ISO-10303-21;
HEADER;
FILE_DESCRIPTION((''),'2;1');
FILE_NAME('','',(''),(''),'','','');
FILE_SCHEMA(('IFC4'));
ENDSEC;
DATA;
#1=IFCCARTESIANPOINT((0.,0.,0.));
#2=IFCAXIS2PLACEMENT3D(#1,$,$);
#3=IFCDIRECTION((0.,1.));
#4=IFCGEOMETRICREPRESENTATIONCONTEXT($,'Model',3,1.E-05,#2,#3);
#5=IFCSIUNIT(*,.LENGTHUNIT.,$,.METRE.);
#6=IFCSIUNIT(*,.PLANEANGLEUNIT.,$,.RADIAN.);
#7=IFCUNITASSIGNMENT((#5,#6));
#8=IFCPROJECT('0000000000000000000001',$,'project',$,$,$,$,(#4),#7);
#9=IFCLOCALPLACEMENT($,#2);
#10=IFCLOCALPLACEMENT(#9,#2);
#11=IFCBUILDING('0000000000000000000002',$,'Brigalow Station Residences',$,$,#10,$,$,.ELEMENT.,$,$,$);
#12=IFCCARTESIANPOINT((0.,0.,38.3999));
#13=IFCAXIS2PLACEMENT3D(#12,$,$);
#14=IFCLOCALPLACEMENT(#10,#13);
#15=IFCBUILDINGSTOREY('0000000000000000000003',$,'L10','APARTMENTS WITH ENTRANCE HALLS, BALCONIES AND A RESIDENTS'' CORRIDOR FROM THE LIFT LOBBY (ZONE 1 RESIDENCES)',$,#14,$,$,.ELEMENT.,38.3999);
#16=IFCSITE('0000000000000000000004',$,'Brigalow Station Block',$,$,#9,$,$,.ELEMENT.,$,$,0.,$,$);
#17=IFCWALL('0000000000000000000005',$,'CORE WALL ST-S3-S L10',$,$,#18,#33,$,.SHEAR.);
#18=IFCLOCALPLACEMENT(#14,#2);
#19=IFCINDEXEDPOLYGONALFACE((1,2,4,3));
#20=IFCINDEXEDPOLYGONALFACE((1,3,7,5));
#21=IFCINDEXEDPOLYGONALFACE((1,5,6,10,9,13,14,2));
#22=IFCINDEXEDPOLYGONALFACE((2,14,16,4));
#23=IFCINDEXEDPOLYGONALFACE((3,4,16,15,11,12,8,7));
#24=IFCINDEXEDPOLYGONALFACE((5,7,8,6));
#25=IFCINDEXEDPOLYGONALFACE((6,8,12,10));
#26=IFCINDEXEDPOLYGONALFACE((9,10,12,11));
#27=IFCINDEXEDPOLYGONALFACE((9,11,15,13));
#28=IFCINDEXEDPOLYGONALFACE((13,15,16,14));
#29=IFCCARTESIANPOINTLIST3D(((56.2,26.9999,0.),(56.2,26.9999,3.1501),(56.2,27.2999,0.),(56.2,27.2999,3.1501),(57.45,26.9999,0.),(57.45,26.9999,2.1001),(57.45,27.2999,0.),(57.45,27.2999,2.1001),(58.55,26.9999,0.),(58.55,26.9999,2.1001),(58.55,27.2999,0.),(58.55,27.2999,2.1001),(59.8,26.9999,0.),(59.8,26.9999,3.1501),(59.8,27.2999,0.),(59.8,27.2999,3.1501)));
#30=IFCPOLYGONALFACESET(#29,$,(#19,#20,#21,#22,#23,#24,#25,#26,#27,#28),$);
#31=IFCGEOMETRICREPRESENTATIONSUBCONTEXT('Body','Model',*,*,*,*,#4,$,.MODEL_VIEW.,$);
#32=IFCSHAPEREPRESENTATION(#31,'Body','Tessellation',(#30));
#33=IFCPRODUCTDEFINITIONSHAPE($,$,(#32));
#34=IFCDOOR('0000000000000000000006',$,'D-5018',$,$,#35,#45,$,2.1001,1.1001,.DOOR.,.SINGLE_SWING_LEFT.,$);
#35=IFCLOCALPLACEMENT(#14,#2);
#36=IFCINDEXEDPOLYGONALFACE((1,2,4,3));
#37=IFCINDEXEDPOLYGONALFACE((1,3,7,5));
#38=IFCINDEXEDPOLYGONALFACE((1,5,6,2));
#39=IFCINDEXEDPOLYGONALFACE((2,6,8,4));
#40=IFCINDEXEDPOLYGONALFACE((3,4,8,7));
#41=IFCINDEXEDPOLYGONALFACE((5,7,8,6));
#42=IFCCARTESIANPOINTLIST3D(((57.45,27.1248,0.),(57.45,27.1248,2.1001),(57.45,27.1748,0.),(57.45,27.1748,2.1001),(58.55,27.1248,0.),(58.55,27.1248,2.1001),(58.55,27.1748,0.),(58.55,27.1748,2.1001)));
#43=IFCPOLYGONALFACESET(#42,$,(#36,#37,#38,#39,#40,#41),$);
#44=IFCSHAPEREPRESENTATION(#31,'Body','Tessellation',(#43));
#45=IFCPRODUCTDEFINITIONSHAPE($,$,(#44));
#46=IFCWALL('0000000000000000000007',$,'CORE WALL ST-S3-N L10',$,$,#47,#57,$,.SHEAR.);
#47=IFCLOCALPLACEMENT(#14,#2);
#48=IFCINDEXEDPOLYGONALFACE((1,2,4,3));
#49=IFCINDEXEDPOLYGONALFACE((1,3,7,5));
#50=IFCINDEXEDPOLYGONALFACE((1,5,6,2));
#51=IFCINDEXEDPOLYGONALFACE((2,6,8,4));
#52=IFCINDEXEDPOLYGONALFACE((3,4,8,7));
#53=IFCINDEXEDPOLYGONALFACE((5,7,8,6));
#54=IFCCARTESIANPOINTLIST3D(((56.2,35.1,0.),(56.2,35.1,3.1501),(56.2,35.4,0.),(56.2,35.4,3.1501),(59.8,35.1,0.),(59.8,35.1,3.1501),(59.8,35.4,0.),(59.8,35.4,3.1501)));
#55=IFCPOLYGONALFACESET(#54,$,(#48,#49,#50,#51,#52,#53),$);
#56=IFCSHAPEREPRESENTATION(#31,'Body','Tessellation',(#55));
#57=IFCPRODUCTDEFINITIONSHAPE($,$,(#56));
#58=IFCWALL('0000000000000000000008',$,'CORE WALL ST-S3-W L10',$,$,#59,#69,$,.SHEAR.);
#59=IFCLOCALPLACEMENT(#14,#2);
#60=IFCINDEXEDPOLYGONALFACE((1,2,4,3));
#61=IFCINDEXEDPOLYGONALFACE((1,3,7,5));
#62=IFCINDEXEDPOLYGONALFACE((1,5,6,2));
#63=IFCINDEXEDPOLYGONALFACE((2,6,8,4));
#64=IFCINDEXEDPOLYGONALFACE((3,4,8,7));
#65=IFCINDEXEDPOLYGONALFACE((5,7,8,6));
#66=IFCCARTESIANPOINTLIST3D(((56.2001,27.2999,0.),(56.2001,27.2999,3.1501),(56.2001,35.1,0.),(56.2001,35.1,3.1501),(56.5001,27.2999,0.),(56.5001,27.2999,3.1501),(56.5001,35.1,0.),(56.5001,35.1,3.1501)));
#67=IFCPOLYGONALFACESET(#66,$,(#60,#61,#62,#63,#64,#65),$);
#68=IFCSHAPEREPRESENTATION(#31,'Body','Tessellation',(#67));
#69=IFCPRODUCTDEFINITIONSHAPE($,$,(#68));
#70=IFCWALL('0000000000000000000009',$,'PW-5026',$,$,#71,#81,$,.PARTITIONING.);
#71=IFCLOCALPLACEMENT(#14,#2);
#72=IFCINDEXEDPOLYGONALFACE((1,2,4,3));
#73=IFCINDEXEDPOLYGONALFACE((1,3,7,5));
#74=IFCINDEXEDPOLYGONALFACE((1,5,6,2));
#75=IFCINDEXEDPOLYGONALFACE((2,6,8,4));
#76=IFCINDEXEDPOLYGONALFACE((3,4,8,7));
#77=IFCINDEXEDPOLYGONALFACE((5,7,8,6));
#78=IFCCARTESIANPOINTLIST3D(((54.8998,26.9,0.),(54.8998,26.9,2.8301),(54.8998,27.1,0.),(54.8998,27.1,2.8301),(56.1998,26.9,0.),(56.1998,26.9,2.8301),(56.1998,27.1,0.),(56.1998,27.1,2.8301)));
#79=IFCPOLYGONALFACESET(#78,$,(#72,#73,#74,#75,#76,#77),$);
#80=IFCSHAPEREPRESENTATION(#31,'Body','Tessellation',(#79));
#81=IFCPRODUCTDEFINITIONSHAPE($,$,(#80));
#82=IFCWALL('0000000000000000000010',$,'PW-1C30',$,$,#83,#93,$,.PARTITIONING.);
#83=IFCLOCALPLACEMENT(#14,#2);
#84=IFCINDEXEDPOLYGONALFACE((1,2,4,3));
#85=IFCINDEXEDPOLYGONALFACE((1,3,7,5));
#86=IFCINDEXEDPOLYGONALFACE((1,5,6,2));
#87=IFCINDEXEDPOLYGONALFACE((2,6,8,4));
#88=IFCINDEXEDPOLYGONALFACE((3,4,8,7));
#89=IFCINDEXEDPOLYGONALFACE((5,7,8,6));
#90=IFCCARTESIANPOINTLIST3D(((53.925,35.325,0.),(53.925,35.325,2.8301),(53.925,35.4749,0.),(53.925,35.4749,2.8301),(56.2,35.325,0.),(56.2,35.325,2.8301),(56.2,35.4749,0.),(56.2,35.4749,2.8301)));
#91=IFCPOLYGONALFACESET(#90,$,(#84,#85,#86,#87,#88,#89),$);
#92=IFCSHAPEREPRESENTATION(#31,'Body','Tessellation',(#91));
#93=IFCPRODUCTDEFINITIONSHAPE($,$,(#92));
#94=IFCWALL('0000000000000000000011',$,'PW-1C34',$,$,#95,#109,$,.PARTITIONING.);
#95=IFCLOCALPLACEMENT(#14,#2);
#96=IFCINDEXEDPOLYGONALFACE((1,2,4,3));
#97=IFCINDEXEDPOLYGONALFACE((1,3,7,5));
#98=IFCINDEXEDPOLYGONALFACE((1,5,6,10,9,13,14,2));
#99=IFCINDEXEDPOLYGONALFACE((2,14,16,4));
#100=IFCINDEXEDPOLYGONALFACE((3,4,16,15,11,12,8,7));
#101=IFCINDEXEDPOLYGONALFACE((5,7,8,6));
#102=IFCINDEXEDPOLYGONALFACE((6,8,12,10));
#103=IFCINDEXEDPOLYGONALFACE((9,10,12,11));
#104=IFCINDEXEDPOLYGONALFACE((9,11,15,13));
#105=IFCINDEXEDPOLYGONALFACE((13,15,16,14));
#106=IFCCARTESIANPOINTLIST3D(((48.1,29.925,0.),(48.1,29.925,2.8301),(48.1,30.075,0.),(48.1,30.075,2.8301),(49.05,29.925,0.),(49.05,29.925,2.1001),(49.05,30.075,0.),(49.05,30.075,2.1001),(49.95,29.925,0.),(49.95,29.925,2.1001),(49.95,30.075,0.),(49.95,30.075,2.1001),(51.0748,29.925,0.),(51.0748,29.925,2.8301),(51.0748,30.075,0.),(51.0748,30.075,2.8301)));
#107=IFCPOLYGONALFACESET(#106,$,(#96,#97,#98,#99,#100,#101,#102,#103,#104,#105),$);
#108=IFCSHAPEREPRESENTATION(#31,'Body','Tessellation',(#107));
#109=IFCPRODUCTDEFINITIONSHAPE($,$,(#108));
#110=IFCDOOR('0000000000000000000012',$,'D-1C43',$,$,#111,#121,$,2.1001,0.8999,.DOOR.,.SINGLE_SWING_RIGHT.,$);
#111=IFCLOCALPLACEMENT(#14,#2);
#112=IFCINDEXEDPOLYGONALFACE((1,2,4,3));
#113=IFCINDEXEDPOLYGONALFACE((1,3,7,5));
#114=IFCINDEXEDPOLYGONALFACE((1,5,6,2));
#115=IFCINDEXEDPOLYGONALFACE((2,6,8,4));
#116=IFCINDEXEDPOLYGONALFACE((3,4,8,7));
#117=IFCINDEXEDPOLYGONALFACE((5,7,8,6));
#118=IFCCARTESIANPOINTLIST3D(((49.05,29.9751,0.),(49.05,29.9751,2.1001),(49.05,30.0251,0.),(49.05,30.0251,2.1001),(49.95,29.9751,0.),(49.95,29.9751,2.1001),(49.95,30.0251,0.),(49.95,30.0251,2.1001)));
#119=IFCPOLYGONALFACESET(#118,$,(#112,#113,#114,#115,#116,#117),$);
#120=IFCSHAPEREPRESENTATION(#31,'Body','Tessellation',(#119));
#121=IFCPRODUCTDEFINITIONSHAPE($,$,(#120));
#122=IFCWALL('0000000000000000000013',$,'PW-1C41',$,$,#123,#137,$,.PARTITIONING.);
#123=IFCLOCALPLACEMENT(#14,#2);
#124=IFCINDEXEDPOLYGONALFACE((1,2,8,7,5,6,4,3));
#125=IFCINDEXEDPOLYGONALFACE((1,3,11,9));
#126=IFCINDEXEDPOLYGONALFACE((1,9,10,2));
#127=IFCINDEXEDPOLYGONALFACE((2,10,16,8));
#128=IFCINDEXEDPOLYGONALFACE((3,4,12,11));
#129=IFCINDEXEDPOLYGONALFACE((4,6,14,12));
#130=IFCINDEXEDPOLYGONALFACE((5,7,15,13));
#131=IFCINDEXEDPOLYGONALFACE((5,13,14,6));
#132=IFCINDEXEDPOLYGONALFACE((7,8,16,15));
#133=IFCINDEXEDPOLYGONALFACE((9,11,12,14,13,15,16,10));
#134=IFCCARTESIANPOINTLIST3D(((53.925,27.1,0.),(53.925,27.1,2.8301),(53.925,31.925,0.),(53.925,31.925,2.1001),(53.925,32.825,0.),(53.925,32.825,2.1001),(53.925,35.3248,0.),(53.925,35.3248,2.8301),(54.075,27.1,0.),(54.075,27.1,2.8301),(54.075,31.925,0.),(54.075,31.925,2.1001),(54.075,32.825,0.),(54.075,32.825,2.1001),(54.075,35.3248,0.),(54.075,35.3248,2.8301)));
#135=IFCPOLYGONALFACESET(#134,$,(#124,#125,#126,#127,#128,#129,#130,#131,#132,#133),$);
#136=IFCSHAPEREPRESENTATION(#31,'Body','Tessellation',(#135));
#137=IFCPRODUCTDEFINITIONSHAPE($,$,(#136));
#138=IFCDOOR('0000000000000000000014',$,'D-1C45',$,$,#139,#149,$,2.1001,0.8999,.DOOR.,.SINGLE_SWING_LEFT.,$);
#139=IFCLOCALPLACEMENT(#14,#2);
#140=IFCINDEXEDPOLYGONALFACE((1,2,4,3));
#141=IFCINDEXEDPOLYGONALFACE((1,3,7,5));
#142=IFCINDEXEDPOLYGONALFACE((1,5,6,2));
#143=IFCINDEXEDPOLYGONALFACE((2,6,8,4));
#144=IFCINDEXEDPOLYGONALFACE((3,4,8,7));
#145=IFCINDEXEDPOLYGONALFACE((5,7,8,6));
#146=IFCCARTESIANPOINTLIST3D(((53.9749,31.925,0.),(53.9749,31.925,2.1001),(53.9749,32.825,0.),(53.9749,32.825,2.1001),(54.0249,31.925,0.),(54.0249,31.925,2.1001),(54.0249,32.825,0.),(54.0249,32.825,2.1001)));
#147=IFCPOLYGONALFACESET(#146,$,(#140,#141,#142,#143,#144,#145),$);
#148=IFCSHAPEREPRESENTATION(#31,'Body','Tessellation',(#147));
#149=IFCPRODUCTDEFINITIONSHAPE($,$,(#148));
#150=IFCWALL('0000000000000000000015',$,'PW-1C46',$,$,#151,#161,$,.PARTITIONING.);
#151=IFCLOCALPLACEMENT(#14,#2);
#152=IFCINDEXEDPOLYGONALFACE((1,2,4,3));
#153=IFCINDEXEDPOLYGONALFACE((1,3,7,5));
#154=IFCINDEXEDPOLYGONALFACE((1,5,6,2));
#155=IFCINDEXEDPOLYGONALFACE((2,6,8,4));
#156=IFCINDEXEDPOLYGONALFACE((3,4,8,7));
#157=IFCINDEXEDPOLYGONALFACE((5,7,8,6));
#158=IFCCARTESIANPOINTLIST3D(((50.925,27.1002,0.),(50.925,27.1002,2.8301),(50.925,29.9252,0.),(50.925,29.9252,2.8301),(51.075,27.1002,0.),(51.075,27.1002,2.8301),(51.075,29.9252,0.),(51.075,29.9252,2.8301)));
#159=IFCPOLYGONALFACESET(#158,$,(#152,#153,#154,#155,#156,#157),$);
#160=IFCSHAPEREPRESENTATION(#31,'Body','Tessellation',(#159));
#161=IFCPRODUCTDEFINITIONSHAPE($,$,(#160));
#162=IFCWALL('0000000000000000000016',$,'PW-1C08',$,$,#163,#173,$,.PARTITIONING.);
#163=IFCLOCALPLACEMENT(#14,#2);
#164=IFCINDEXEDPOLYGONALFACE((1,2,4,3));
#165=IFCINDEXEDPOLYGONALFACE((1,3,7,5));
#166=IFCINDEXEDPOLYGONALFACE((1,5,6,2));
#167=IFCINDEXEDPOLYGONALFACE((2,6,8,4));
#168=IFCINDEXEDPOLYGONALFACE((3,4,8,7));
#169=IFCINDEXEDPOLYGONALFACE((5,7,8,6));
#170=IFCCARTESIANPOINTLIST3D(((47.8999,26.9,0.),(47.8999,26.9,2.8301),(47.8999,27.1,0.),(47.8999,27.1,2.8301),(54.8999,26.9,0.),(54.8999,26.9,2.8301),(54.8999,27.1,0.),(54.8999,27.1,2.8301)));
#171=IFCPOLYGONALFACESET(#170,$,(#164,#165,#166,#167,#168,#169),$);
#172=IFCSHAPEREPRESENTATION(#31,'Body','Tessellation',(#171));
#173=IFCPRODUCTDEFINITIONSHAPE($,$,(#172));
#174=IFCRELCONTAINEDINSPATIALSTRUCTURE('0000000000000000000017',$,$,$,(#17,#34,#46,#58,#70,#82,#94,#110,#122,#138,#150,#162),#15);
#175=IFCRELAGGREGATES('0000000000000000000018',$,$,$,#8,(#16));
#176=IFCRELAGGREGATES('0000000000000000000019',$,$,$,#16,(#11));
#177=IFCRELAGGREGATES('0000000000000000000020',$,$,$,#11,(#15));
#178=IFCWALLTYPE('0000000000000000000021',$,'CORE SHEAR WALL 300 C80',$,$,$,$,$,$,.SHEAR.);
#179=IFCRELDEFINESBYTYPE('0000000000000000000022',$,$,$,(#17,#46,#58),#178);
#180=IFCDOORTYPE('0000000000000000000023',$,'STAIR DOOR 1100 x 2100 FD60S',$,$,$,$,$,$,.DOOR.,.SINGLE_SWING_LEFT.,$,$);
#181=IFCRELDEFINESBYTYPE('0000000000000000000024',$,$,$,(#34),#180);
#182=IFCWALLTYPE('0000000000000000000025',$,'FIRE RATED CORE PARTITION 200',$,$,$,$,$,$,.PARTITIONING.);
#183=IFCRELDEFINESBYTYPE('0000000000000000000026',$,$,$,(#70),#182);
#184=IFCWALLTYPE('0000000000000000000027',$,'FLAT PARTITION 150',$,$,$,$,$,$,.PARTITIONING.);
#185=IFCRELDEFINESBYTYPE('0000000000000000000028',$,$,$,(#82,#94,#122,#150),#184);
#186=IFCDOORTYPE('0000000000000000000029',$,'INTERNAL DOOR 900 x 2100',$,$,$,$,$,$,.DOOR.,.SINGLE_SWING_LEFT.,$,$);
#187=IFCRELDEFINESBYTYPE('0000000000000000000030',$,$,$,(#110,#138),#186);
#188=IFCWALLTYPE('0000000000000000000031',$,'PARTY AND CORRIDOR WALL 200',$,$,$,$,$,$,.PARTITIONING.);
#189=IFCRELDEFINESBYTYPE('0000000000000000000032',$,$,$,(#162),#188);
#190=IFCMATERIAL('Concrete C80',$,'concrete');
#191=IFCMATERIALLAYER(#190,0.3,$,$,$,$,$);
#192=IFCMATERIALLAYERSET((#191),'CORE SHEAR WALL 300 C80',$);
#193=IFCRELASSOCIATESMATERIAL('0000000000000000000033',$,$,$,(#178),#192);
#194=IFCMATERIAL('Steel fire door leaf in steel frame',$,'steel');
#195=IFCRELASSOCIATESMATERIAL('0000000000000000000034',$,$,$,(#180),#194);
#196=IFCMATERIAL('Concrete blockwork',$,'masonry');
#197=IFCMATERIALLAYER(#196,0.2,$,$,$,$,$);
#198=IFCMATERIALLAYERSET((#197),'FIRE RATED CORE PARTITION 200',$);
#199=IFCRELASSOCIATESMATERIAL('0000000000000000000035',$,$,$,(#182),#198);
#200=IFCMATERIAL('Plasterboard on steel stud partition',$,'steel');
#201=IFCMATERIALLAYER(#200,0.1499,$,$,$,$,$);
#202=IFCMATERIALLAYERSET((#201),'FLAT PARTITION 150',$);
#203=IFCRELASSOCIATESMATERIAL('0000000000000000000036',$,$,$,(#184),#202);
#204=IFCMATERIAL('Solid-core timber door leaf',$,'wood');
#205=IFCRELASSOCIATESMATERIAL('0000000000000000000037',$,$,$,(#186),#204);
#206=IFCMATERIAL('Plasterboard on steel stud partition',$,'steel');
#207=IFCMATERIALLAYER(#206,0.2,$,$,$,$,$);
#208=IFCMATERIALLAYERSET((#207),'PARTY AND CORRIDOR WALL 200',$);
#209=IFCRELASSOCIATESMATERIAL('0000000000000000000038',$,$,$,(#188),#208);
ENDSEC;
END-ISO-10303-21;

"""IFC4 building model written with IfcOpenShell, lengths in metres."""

from ifc_helpers import new_model, si_unit, direction, frame, frame_2d, origin, place, context, subcontext, project, spatial, rectangle, extrude, material, layer, layer_set, type_object, element, fill, save


model = new_model("IFC4")

# Units and contexts
model_context = context("Model", 3, precision=1e-05, world=origin(), true_north=direction((0.0, 1.0)))
body_context = subcontext(model_context, "Body", "Model", "MODEL_VIEW")
ifc_project = project(units=[si_unit("LENGTHUNIT", "METRE"), si_unit("PLANEANGLEUNIT", "RADIAN")], contexts=[model_context])

# Site, building, storey
site_placement = place(None, origin())
site = spatial("IfcSite", under=ifc_project, at=site_placement, Name="Brigalow Station Block", CompositionType="ELEMENT", RefElevation=0.0)
building_placement = place(site_placement, origin())
building = spatial("IfcBuilding", under=site, at=building_placement, Name="Brigalow Station Residences", CompositionType="ELEMENT")
storey_placement = place(building_placement, frame((0.0, 0.0, 38.3999)))
storey = spatial("IfcBuildingStorey", under=building, at=storey_placement, Name="L10", Description="APARTMENTS WITH ENTRANCE HALLS, BALCONIES AND A RESIDENTS' CORRIDOR FROM THE LIFT LOBBY (ZONE 1 RESIDENCES)", CompositionType="ELEMENT", Elevation=38.3999)

# Wall, opening, door
ifc_material_1 = material(Name="Concrete C80", Category="concrete")
ifc_layer_1 = layer(ifc_material_1, 0.3)
ifc_layer_set_1 = layer_set([ifc_layer_1], Name="CORE SHEAR WALL 300 C80")
wall_type_1 = type_object("IfcWallType", Name="CORE SHEAR WALL 300 C80", PredefinedType="SHEAR", material=ifc_layer_set_1)
wall_1_placement = place(storey_placement, frame((56.2, 27.1499, 0.0), z_axis=(0.0, 0.0, 1.0), x_axis=(1.0, 0.0, 0.0)))
wall_1 = element("IfcWall", 1, at=wall_1_placement, inside=storey, type_object=wall_type_1, Name="CORE WALL ST-S3-S L10", PredefinedType="SHEAR", context=body_context, shape_type="SweptSolid", body=[
    extrude(rectangle(XDim=3.6001, YDim=0.3, at=frame_2d((1.8, 0.0))), origin(), (0.0, 0.0, 1.0), 3.1501),
])
opening_1_placement = place(wall_1_placement, frame((1.25, 0.0, 0.0)))
opening_1 = element("IfcOpeningElement", 2, at=opening_1_placement, cuts=wall_1, PredefinedType="OPENING", context=body_context, shape_type="SweptSolid", body=[
    extrude(rectangle(XDim=1.1001, YDim=2.1001, at=frame_2d((0.55, 1.05))), frame((0.0, 0.1602, 0.0), z_axis=(0.0, -1.0, 0.0), x_axis=(1.0, 0.0, 0.0)), (0.0, 0.0, 1.0), 0.3201),
])
ifc_material_2 = material(Name="Steel fire door leaf in steel frame", Category="steel")
door_type_1 = type_object("IfcDoorType", Name="STAIR DOOR 1100 x 2100 FD60S", OperationType="SINGLE_SWING_LEFT", PredefinedType="DOOR", material=ifc_material_2)
door_1_placement = place(opening_1_placement, origin())
door_1 = element("IfcDoor", 3, at=door_1_placement, inside=storey, type_object=door_type_1, Name="D-5018", OperationType="SINGLE_SWING_LEFT", OverallHeight=2.1001, OverallWidth=1.1001, PredefinedType="DOOR", context=body_context, shape_type="SweptSolid", body=[
    extrude(rectangle(XDim=1.1001, YDim=2.1001, at=frame_2d((0.55, 1.05))), frame((0.0, 0.0249, 0.0), z_axis=(0.0, -1.0, 0.0), x_axis=(1.0, 0.0, 0.0)), (0.0, 0.0, 1.0), 0.05),
])
fill(opening_1, door_1)

# Walls
wall_2_placement = place(storey_placement, frame((56.2, 35.25, 0.0), z_axis=(0.0, 0.0, 1.0), x_axis=(1.0, 0.0, 0.0)))
element("IfcWall", 4, at=wall_2_placement, inside=storey, type_object=wall_type_1, Name="CORE WALL ST-S3-N L10", PredefinedType="SHEAR", context=body_context, shape_type="SweptSolid", body=[
    extrude(rectangle(XDim=3.6001, YDim=0.3, at=frame_2d((1.8, 0.0))), origin(), (0.0, 0.0, 1.0), 3.1501),
])
wall_3_placement = place(storey_placement, frame((56.3501, 27.3, 0.0), z_axis=(0.0, 0.0, 1.0), x_axis=(0.0, 1.0, 0.0)))
element("IfcWall", 5, at=wall_3_placement, inside=storey, type_object=wall_type_1, Name="CORE WALL ST-S3-W L10", PredefinedType="SHEAR", context=body_context, shape_type="SweptSolid", body=[
    extrude(rectangle(XDim=7.8, YDim=0.3, at=frame_2d((3.8999, 0.0))), origin(), (0.0, 0.0, 1.0), 3.1501),
])
ifc_material_3 = material(Name="Concrete blockwork", Category="masonry")
ifc_layer_2 = layer(ifc_material_3, 0.2)
ifc_layer_set_2 = layer_set([ifc_layer_2], Name="FIRE RATED CORE PARTITION 200")
wall_type_2 = type_object("IfcWallType", Name="FIRE RATED CORE PARTITION 200", PredefinedType="PARTITIONING", material=ifc_layer_set_2)
wall_4_placement = place(storey_placement, frame((54.8999, 27.0, 0.0), z_axis=(0.0, 0.0, 1.0), x_axis=(1.0, 0.0, 0.0)))
element("IfcWall", 6, at=wall_4_placement, inside=storey, type_object=wall_type_2, Name="PW-5026", PredefinedType="PARTITIONING", context=body_context, shape_type="SweptSolid", body=[
    extrude(rectangle(XDim=1.3, YDim=0.2, at=frame_2d((0.6499, 0.0))), origin(), (0.0, 0.0, 1.0), 2.8301),
])
ifc_material_4 = material(Name="Plasterboard on steel stud partition", Category="steel")
ifc_layer_3 = layer(ifc_material_4, 0.1499)
ifc_layer_set_3 = layer_set([ifc_layer_3], Name="FLAT PARTITION 150")
wall_type_3 = type_object("IfcWallType", Name="FLAT PARTITION 150", PredefinedType="PARTITIONING", material=ifc_layer_set_3)
wall_5_placement = place(storey_placement, frame((53.925, 35.3999, 0.0), z_axis=(0.0, 0.0, 1.0), x_axis=(1.0, 0.0, 0.0)))
element("IfcWall", 7, at=wall_5_placement, inside=storey, type_object=wall_type_3, Name="PW-1C30", PredefinedType="PARTITIONING", context=body_context, shape_type="SweptSolid", body=[
    extrude(rectangle(XDim=2.2749, YDim=0.1499, at=frame_2d((1.1375, 0.0))), origin(), (0.0, 0.0, 1.0), 2.8301),
])

# Walls, openings, doors
wall_6_placement = place(storey_placement, frame((48.1001, 30.0, 0.0), z_axis=(0.0, 0.0, 1.0), x_axis=(1.0, 0.0, 0.0)))
wall_6 = element("IfcWall", 8, at=wall_6_placement, inside=storey, type_object=wall_type_3, Name="PW-1C34", PredefinedType="PARTITIONING", context=body_context, shape_type="SweptSolid", body=[
    extrude(rectangle(XDim=2.9749, YDim=0.1499, at=frame_2d((1.4873, 0.0))), origin(), (0.0, 0.0, 1.0), 2.8301),
])
opening_2_placement = place(wall_6_placement, frame((0.95, 0.0, 0.0)))
opening_2 = element("IfcOpeningElement", 9, at=opening_2_placement, cuts=wall_6, PredefinedType="OPENING", context=body_context, shape_type="SweptSolid", body=[
    extrude(rectangle(XDim=0.8999, YDim=2.1001, at=frame_2d((0.45, 1.05))), frame((0.0, 0.085, 0.0), z_axis=(0.0, -1.0, 0.0), x_axis=(1.0, 0.0, 0.0)), (0.0, 0.0, 1.0), 0.1699),
])
ifc_material_5 = material(Name="Solid-core timber door leaf", Category="wood")
door_type_2 = type_object("IfcDoorType", Name="INTERNAL DOOR 900 x 2100", OperationType="SINGLE_SWING_LEFT", PredefinedType="DOOR", material=ifc_material_5)
door_2_placement = place(opening_2_placement, frame((0.8999, 0.0, 0.0), z_axis=(0.0, 0.0, 1.0), x_axis=(-1.0, 0.0, 0.0)))
door_2 = element("IfcDoor", 10, at=door_2_placement, inside=storey, type_object=door_type_2, Name="D-1C43", OperationType="SINGLE_SWING_RIGHT", OverallHeight=2.1001, OverallWidth=0.8999, PredefinedType="DOOR", context=body_context, shape_type="SweptSolid", body=[
    extrude(rectangle(XDim=0.8999, YDim=2.1001, at=frame_2d((0.45, 1.05))), frame((0.0, 0.0249, 0.0), z_axis=(0.0, -1.0, 0.0), x_axis=(1.0, 0.0, 0.0)), (0.0, 0.0, 1.0), 0.05),
])
fill(opening_2, door_2)
wall_7_placement = place(storey_placement, frame((54.0, 27.1001, 0.0), z_axis=(0.0, 0.0, 1.0), x_axis=(0.0, 1.0, 0.0)))
wall_7 = element("IfcWall", 11, at=wall_7_placement, inside=storey, type_object=wall_type_3, Name="PW-1C41", PredefinedType="PARTITIONING", context=body_context, shape_type="SweptSolid", body=[
    extrude(rectangle(XDim=8.2249, YDim=0.1499, at=frame_2d((4.1123, 0.0))), origin(), (0.0, 0.0, 1.0), 2.8301),
])
opening_3_placement = place(wall_7_placement, frame((4.825, 0.0, 0.0)))
opening_3 = element("IfcOpeningElement", 12, at=opening_3_placement, cuts=wall_7, PredefinedType="OPENING", context=body_context, shape_type="SweptSolid", body=[
    extrude(rectangle(XDim=0.8999, YDim=2.1001, at=frame_2d((0.45, 1.05))), frame((0.0, 0.085, 0.0), z_axis=(0.0, -1.0, 0.0), x_axis=(1.0, 0.0, 0.0)), (0.0, 0.0, 1.0), 0.1699),
])
door_3_placement = place(opening_3_placement, frame((0.8999, 0.0, 0.0), z_axis=(0.0, 0.0, 1.0), x_axis=(-1.0, 0.0, 0.0)))
door_3 = element("IfcDoor", 13, at=door_3_placement, inside=storey, type_object=door_type_2, Name="D-1C45", OperationType="SINGLE_SWING_LEFT", OverallHeight=2.1001, OverallWidth=0.8999, PredefinedType="DOOR", context=body_context, shape_type="SweptSolid", body=[
    extrude(rectangle(XDim=0.8999, YDim=2.1001, at=frame_2d((0.45, 1.05))), frame((0.0, 0.0249, 0.0), z_axis=(0.0, -1.0, 0.0), x_axis=(1.0, 0.0, 0.0)), (0.0, 0.0, 1.0), 0.05),
])
fill(opening_3, door_3)

# Walls
wall_8_placement = place(storey_placement, frame((51.0, 27.1001, 0.0), z_axis=(0.0, 0.0, 1.0), x_axis=(0.0, 1.0, 0.0)))
element("IfcWall", 14, at=wall_8_placement, inside=storey, type_object=wall_type_3, Name="PW-1C46", PredefinedType="PARTITIONING", context=body_context, shape_type="SweptSolid", body=[
    extrude(rectangle(XDim=2.825, YDim=0.1499, at=frame_2d((1.4126, 0.0))), origin(), (0.0, 0.0, 1.0), 2.8301),
])
ifc_material_6 = material(Name="Plasterboard on steel stud partition", Category="steel")
ifc_layer_4 = layer(ifc_material_6, 0.2)
ifc_layer_set_4 = layer_set([ifc_layer_4], Name="PARTY AND CORRIDOR WALL 200")
wall_type_4 = type_object("IfcWallType", Name="PARTY AND CORRIDOR WALL 200", PredefinedType="PARTITIONING", material=ifc_layer_set_4)
wall_9_placement = place(storey_placement, frame((47.8999, 27.0, 0.0), z_axis=(0.0, 0.0, 1.0), x_axis=(1.0, 0.0, 0.0)))
element("IfcWall", 15, at=wall_9_placement, inside=storey, type_object=wall_type_4, Name="PW-1C08", PredefinedType="PARTITIONING", context=body_context, shape_type="SweptSolid", body=[
    extrude(rectangle(XDim=7.0, YDim=0.2, at=frame_2d((3.5, 0.0))), origin(), (0.0, 0.0, 1.0), 2.8301),
])

save(model, "model.ifc")
